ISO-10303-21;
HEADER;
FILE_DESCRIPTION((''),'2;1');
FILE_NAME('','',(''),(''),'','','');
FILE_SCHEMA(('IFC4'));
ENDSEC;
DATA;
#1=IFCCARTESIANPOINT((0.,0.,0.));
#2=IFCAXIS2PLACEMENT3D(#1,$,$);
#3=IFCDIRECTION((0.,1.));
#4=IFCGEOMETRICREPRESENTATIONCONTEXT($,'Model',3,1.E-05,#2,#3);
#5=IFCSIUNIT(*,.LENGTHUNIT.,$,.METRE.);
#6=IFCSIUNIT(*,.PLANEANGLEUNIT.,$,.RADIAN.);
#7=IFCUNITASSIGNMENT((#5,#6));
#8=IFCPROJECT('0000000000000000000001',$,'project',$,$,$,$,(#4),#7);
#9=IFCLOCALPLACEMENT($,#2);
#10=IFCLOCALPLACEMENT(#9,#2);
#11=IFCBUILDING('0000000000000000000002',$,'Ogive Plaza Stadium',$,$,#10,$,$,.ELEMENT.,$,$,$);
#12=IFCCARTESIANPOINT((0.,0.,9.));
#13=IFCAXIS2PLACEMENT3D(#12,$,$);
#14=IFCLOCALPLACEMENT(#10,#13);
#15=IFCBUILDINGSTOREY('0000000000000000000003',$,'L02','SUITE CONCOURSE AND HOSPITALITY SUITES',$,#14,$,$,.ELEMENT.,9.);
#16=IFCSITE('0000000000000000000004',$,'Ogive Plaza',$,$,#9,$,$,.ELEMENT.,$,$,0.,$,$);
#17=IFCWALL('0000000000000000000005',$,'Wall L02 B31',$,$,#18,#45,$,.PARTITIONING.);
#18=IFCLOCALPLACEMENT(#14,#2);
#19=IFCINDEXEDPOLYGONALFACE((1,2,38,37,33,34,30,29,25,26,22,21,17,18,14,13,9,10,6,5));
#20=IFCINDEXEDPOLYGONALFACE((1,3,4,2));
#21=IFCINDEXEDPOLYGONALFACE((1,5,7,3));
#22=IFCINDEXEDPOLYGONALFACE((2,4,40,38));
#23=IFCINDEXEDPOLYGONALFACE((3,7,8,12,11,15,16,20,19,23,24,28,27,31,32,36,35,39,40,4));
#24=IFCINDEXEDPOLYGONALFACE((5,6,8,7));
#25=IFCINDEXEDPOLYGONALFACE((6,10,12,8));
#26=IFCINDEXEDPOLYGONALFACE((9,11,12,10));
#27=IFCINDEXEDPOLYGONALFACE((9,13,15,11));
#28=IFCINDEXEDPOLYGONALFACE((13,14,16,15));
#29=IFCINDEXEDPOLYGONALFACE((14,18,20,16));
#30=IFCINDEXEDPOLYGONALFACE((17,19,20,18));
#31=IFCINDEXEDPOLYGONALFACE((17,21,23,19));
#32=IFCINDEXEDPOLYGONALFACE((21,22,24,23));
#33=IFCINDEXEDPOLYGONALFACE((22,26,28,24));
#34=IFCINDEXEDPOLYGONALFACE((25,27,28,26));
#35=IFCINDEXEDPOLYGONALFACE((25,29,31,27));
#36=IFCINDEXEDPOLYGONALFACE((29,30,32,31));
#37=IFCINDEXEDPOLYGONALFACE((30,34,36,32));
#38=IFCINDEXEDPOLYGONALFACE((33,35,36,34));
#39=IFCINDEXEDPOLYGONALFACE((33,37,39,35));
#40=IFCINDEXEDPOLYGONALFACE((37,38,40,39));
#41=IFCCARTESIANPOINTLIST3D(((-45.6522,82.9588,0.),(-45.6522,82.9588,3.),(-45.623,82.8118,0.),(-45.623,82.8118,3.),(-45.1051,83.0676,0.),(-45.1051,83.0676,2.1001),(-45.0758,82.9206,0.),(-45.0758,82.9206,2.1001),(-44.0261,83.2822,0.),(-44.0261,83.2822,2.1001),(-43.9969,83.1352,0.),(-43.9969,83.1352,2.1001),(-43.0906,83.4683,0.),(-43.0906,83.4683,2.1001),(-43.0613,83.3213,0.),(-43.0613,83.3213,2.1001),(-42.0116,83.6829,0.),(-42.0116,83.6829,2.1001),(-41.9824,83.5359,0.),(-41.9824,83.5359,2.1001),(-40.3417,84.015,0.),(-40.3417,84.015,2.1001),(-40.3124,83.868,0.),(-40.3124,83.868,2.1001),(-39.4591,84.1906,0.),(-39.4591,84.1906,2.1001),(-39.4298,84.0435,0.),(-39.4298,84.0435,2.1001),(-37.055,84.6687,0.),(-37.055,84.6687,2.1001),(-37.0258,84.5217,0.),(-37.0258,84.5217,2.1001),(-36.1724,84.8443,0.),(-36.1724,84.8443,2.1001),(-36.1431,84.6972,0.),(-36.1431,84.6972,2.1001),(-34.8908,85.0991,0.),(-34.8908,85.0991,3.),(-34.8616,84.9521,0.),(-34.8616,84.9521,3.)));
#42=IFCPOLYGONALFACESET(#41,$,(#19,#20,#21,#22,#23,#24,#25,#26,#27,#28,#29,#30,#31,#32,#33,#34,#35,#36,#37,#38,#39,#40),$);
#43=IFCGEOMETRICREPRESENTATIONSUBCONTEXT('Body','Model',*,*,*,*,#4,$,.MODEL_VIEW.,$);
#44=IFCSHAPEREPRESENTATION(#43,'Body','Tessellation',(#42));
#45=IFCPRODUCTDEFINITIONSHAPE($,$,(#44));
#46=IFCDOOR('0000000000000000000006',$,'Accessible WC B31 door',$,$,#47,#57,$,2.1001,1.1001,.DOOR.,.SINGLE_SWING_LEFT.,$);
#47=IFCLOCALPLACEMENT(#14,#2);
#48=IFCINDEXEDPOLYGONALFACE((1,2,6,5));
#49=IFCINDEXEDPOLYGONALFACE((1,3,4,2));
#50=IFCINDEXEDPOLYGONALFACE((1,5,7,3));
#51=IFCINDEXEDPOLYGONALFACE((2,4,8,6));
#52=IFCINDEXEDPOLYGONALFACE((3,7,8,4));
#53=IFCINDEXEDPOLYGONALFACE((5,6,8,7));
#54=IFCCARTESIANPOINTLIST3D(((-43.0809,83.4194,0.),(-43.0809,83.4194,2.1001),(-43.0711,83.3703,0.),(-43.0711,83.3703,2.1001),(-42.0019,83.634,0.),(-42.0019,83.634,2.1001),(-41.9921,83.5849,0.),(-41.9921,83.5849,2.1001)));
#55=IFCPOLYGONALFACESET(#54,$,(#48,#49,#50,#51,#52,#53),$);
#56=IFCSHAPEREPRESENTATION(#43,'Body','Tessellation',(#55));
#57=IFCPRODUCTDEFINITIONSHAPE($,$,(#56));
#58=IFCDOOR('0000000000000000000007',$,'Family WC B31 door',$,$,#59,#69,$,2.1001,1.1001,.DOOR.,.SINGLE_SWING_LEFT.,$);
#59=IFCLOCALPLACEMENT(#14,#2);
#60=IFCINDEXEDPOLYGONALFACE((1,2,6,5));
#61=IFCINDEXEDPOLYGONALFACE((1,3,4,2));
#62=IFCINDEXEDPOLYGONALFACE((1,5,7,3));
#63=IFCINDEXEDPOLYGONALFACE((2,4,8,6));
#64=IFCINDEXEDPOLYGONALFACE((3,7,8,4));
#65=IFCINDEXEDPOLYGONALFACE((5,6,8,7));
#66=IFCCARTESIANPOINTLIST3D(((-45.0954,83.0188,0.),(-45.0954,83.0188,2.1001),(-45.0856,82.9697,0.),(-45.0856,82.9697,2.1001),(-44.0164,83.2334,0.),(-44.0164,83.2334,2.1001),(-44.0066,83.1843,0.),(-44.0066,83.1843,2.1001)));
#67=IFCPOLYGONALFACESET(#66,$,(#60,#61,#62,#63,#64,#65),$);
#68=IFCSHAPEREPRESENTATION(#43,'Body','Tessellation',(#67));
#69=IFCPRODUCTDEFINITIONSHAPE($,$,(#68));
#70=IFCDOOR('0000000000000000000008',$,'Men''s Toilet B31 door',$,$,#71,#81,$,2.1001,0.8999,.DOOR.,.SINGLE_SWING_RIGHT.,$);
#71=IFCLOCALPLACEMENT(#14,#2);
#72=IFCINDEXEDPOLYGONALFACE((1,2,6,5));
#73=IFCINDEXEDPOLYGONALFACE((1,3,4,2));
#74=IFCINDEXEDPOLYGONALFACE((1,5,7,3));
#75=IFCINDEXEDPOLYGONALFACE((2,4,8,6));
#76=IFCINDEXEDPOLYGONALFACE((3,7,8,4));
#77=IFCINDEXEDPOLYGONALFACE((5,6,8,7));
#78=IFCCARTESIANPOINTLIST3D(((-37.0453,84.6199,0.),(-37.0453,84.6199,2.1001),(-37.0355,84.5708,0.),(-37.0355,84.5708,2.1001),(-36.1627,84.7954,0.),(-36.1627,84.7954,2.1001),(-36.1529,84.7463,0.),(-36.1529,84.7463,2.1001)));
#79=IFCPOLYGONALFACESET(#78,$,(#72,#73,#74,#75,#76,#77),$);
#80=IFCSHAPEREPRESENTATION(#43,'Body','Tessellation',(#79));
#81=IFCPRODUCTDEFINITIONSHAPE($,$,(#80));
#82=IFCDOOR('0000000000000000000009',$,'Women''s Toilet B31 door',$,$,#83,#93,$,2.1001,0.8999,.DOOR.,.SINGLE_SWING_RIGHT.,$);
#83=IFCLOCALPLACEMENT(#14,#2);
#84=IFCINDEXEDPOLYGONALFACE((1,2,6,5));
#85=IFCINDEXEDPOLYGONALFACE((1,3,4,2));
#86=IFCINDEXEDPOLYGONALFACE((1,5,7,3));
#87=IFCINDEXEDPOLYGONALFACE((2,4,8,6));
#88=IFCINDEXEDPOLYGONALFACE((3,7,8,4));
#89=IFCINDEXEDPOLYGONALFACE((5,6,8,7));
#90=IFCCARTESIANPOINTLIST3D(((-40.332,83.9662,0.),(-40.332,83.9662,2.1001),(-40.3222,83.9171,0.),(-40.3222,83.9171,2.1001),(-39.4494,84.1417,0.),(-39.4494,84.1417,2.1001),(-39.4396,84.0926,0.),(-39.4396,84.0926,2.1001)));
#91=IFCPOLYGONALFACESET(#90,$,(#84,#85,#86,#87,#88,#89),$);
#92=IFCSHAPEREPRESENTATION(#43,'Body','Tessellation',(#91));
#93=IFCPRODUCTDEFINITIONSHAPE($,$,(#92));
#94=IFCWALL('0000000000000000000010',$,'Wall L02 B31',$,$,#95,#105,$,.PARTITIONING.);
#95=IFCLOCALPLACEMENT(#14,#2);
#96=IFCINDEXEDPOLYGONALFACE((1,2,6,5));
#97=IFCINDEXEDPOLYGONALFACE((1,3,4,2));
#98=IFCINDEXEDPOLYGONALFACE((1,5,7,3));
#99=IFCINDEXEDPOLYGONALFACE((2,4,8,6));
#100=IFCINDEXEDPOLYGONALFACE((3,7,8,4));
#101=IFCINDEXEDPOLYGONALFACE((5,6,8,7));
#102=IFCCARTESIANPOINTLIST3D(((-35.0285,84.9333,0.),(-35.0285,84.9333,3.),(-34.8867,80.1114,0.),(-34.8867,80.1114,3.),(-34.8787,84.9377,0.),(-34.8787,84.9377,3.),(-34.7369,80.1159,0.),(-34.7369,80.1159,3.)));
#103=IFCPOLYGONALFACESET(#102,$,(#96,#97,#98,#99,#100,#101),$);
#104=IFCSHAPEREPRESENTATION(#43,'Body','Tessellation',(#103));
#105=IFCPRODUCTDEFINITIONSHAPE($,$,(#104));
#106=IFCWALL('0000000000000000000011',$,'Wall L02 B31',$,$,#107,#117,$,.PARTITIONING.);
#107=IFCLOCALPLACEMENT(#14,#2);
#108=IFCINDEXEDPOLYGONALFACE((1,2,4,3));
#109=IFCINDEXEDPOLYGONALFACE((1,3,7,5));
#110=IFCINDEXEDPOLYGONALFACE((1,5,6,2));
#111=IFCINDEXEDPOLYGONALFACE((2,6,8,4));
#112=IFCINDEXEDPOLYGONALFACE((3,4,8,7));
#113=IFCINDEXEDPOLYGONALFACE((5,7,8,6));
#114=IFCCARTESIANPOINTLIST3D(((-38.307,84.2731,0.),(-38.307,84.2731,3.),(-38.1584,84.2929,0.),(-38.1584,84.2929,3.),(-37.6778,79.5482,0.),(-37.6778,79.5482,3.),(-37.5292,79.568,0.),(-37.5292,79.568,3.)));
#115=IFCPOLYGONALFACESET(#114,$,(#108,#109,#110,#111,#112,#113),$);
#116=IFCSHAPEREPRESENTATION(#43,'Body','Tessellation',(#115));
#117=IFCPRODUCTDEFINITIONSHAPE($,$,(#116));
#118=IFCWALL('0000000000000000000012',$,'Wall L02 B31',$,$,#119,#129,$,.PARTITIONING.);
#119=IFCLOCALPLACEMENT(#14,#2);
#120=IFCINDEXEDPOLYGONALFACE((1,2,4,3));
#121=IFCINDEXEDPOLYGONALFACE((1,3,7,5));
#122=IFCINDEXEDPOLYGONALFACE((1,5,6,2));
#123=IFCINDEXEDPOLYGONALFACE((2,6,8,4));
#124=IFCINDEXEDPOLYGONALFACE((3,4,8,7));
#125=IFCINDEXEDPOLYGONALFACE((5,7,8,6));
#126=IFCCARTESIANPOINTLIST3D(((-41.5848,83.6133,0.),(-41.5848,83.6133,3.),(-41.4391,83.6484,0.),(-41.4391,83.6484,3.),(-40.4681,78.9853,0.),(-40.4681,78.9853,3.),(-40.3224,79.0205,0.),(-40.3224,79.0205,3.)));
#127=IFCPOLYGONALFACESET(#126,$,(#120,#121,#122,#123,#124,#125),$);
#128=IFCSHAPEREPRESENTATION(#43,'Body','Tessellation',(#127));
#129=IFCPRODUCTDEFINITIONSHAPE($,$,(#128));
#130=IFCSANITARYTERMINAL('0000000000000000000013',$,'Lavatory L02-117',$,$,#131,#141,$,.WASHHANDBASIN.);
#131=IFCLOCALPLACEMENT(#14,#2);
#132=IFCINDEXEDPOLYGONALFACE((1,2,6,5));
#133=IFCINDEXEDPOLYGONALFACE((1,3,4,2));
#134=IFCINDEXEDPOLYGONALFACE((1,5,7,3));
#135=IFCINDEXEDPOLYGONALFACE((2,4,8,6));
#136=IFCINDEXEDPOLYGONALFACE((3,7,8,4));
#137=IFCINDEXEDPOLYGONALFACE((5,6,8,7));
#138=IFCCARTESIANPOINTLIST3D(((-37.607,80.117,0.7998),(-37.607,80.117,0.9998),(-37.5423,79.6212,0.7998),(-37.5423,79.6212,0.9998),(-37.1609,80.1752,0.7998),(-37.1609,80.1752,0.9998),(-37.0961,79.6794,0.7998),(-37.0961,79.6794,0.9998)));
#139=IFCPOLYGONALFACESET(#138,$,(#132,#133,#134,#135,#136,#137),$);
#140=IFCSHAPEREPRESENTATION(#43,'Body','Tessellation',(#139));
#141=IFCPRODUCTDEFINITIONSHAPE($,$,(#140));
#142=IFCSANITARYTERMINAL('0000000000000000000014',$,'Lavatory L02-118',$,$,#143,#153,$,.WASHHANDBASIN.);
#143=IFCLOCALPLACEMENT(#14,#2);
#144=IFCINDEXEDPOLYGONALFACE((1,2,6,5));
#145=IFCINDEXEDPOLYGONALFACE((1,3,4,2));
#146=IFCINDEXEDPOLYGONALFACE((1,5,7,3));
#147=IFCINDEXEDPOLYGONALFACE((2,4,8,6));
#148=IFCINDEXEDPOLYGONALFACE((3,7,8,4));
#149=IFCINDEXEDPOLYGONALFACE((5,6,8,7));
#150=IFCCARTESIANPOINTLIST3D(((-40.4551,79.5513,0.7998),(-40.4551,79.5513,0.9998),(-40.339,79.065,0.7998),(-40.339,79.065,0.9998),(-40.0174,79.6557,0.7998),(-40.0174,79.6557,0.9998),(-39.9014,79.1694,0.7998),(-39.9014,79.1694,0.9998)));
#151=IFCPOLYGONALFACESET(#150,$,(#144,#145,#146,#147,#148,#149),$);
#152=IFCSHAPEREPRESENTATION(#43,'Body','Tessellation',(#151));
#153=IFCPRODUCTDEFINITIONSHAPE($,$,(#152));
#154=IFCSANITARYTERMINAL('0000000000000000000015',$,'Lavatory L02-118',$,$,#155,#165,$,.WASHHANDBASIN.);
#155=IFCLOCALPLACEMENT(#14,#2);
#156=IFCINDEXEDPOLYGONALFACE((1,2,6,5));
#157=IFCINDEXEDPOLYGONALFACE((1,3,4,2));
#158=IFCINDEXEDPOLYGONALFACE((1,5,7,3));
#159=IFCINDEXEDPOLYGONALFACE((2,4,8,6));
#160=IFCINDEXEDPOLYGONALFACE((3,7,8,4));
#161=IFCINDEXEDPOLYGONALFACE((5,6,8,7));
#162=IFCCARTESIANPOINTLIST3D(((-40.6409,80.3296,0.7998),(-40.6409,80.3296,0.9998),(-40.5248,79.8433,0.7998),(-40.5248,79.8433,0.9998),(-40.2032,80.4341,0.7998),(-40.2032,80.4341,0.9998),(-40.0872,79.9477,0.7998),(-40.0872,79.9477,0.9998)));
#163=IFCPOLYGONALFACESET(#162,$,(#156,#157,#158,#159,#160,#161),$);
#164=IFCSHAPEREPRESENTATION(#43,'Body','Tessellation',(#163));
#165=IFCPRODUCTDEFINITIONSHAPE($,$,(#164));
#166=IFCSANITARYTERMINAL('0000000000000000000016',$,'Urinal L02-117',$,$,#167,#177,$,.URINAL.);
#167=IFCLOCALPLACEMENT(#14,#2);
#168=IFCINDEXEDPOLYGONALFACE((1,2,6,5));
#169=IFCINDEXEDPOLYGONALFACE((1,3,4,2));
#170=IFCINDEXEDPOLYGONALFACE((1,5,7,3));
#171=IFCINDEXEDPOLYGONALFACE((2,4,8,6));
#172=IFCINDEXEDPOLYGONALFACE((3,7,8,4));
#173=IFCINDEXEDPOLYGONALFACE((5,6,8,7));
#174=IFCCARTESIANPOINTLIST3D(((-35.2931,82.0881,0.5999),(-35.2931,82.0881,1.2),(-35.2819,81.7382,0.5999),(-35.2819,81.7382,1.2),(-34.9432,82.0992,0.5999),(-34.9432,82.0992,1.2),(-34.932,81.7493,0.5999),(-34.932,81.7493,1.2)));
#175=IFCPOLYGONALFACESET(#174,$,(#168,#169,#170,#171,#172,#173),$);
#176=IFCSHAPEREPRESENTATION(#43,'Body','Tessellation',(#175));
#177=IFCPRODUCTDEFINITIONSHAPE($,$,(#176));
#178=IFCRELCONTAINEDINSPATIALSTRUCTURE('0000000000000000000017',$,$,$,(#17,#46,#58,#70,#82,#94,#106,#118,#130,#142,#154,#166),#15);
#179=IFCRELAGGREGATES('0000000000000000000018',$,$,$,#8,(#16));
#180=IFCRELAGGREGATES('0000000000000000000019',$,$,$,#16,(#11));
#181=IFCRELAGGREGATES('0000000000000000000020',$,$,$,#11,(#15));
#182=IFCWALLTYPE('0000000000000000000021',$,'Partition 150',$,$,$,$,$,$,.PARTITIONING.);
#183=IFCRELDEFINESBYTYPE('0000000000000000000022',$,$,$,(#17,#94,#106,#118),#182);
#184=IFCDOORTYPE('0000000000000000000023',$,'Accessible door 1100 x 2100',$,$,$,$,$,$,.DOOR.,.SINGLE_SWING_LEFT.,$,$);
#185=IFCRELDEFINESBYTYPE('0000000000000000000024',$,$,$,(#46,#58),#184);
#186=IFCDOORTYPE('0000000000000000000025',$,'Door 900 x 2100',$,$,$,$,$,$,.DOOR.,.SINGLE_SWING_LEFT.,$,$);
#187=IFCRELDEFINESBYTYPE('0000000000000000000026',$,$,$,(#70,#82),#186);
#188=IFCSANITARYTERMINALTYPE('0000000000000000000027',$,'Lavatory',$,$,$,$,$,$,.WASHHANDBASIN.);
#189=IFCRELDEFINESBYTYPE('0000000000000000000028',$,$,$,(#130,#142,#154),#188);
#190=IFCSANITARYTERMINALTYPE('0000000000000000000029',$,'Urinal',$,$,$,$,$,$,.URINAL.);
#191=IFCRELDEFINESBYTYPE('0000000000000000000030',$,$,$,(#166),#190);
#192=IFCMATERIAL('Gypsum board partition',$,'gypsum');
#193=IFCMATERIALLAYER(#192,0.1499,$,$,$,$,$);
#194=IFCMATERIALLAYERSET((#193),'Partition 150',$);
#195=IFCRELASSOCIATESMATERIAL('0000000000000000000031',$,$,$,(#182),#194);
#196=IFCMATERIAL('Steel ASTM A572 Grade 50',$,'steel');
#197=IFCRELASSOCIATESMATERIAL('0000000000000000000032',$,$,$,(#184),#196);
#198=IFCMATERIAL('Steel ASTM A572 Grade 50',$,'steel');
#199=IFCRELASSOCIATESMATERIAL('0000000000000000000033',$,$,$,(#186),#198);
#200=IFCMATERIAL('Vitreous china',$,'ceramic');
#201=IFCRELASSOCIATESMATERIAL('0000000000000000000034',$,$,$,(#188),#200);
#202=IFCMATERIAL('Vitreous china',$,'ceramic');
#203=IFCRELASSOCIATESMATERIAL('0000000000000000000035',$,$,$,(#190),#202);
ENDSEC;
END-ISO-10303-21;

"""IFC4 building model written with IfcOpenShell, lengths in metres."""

from ifc_helpers import new_model, si_unit, direction, frame, frame_2d, origin, origin_2d, place, context, subcontext, project, spatial, rectangle, extrude, material, layer, layer_set, type_object, element, fill, save


model = new_model("IFC4")

# Units and contexts
model_context = context("Model", 3, precision=1e-05, world=origin(), true_north=direction((0.0, 1.0)))
body_context = subcontext(model_context, "Body", "Model", "MODEL_VIEW")
ifc_project = project(units=[si_unit("LENGTHUNIT", "METRE"), si_unit("PLANEANGLEUNIT", "RADIAN")], contexts=[model_context])

# Site, building, storey
site_placement = place(None, origin())
site = spatial("IfcSite", under=ifc_project, at=site_placement, Name="Ogive Plaza", CompositionType="ELEMENT", RefElevation=0.0)
building_placement = place(site_placement, origin())
building = spatial("IfcBuilding", under=site, at=building_placement, Name="Ogive Plaza Stadium", CompositionType="ELEMENT")
storey_placement = place(building_placement, frame((0.0, 0.0, 9.0)))
storey = spatial("IfcBuildingStorey", under=building, at=storey_placement, Name="L02", Description="SUITE CONCOURSE AND HOSPITALITY SUITES", CompositionType="ELEMENT", Elevation=9.0)

# Wall, openings, doors
ifc_material_1 = material(Name="Gypsum board partition", Category="gypsum")
ifc_layer = layer(ifc_material_1, 0.1499)
ifc_layer_set = layer_set([ifc_layer], Name="Partition 150")
wall_type = type_object("IfcWallType", Name="Partition 150", PredefinedType="PARTITIONING", material=ifc_layer_set)
wall_1_placement = place(storey_placement, frame((-34.8762, 85.0256, 0.0), z_axis=(0.0, 0.0, 1.0), x_axis=(-0.980789, -0.195072, 0.0)))
wall_1 = element("IfcWall", 1, at=wall_1_placement, inside=storey, type_object=wall_type, Name="Wall L02 B31", PredefinedType="PARTITIONING", context=body_context, shape_type="SweptSolid", body=[
    extrude(rectangle(XDim=10.9722, YDim=0.1499, at=frame_2d((5.4861, 0.0))), origin(), (0.0, 0.0, 1.0), 3.0),
])
opening_1_placement = place(wall_1_placement, frame((1.3066, 0.0, 0.0)))
opening_1 = element("IfcOpeningElement", 2, at=opening_1_placement, cuts=wall_1, PredefinedType="OPENING", context=body_context, shape_type="SweptSolid", body=[
    extrude(rectangle(XDim=0.8999, YDim=2.1001, at=frame_2d((0.45, 1.05))), frame((0.0, 0.075, 0.0), z_axis=(0.0, -1.0, 0.0), x_axis=(1.0, 0.0, 0.0)), (0.0, 0.0, 1.0), 0.1499),
])
opening_2_placement = place(wall_1_placement, frame((4.6577, 0.0, 0.0)))
opening_2 = element("IfcOpeningElement", 3, at=opening_2_placement, cuts=wall_1, PredefinedType="OPENING", context=body_context, shape_type="SweptSolid", body=[
    extrude(rectangle(XDim=0.8999, YDim=2.1001, at=frame_2d((0.45, 1.05))), frame((0.0, 0.075, 0.0), z_axis=(0.0, -1.0, 0.0), x_axis=(1.0, 0.0, 0.0)), (0.0, 0.0, 1.0), 0.1499),
])
opening_3_placement = place(wall_1_placement, frame((7.2603, 0.0, 0.0)))
opening_3 = element("IfcOpeningElement", 4, at=opening_3_placement, cuts=wall_1, PredefinedType="OPENING", context=body_context, shape_type="SweptSolid", body=[
    extrude(rectangle(XDim=1.1001, YDim=2.1001, at=frame_2d((0.55, 1.05))), frame((0.0, 0.075, 0.0), z_axis=(0.0, -1.0, 0.0), x_axis=(1.0, 0.0, 0.0)), (0.0, 0.0, 1.0), 0.1499),
])
opening_4_placement = place(wall_1_placement, frame((9.3142, 0.0, 0.0)))
opening_4 = element("IfcOpeningElement", 5, at=opening_4_placement, cuts=wall_1, PredefinedType="OPENING", context=body_context, shape_type="SweptSolid", body=[
    extrude(rectangle(XDim=1.1001, YDim=2.1001, at=frame_2d((0.55, 1.05))), frame((0.0, 0.075, 0.0), z_axis=(0.0, -1.0, 0.0), x_axis=(1.0, 0.0, 0.0)), (0.0, 0.0, 1.0), 0.1499),
])
ifc_material_2 = material(Name="Steel ASTM A572 Grade 50", Category="steel")
door_type_1 = type_object("IfcDoorType", Name="Accessible door 1100 x 2100", OperationType="SINGLE_SWING_LEFT", PredefinedType="DOOR", material=ifc_material_2)
door_1_placement = place(opening_3_placement, origin())
door_1 = element("IfcDoor", 6, at=door_1_placement, inside=storey, type_object=door_type_1, Name="Accessible WC B31 door", OperationType="SINGLE_SWING_LEFT", OverallHeight=2.1001, OverallWidth=1.1001, PredefinedType="DOOR", context=body_context, shape_type="SweptSolid", body=[
    extrude(rectangle(XDim=1.1001, YDim=2.1001, at=frame_2d((0.55, 1.05))), frame((0.0, 0.0249, 0.0), z_axis=(0.0, -1.0, 0.0), x_axis=(1.0, 0.0, 0.0)), (0.0, 0.0, 1.0), 0.05),
])
fill(opening_3, door_1)
door_2_placement = place(opening_4_placement, origin())
door_2 = element("IfcDoor", 7, at=door_2_placement, inside=storey, type_object=door_type_1, Name="Family WC B31 door", OperationType="SINGLE_SWING_LEFT", OverallHeight=2.1001, OverallWidth=1.1001, PredefinedType="DOOR", context=body_context, shape_type="SweptSolid", body=[
    extrude(rectangle(XDim=1.1001, YDim=2.1001, at=frame_2d((0.55, 1.05))), frame((0.0, 0.0249, 0.0), z_axis=(0.0, -1.0, 0.0), x_axis=(1.0, 0.0, 0.0)), (0.0, 0.0, 1.0), 0.05),
])
fill(opening_4, door_2)
ifc_material_3 = material(Name="Steel ASTM A572 Grade 50", Category="steel")
door_type_2 = type_object("IfcDoorType", Name="Door 900 x 2100", OperationType="SINGLE_SWING_LEFT", PredefinedType="DOOR", material=ifc_material_3)
door_3_placement = place(opening_1_placement, origin())
door_3 = element("IfcDoor", 8, at=door_3_placement, inside=storey, type_object=door_type_2, Name="Men's Toilet B31 door", OperationType="SINGLE_SWING_RIGHT", OverallHeight=2.1001, OverallWidth=0.8999, PredefinedType="DOOR", context=body_context, shape_type="SweptSolid", body=[
    extrude(rectangle(XDim=0.8999, YDim=2.1001, at=frame_2d((0.45, 1.05))), frame((0.0, 0.0249, 0.0), z_axis=(0.0, -1.0, 0.0), x_axis=(1.0, 0.0, 0.0)), (0.0, 0.0, 1.0), 0.05),
])
fill(opening_1, door_3)
door_4_placement = place(opening_2_placement, origin())
door_4 = element("IfcDoor", 9, at=door_4_placement, inside=storey, type_object=door_type_2, Name="Women's Toilet B31 door", OperationType="SINGLE_SWING_RIGHT", OverallHeight=2.1001, OverallWidth=0.8999, PredefinedType="DOOR", context=body_context, shape_type="SweptSolid", body=[
    extrude(rectangle(XDim=0.8999, YDim=2.1001, at=frame_2d((0.45, 1.05))), frame((0.0, 0.0249, 0.0), z_axis=(0.0, -1.0, 0.0), x_axis=(1.0, 0.0, 0.0)), (0.0, 0.0, 1.0), 0.05),
])
fill(opening_2, door_4)

# Walls
wall_2_placement = place(storey_placement, frame((-34.8118, 80.1135, 0.0), z_axis=(0.0, 0.0, 1.0), x_axis=(-0.029405, 0.999568, 0.0)))
element("IfcWall", 10, at=wall_2_placement, inside=storey, type_object=wall_type, Name="Wall L02 B31", PredefinedType="PARTITIONING", context=body_context, shape_type="SweptSolid", body=[
    extrude(rectangle(XDim=4.824, YDim=0.1499, at=frame_2d((2.4121, 0.0))), origin(), (0.0, 0.0, 1.0), 3.0),
])
wall_3_placement = place(storey_placement, frame((-37.6035, 79.5581, 0.0), z_axis=(0.0, 0.0, 1.0), x_axis=(-0.131993, 0.991251, 0.0)))
element("IfcWall", 11, at=wall_3_placement, inside=storey, type_object=wall_type, Name="Wall L02 B31", PredefinedType="PARTITIONING", context=body_context, shape_type="SweptSolid", body=[
    extrude(rectangle(XDim=4.7666, YDim=0.1499, at=frame_2d((2.3833, 0.0))), origin(), (0.0, 0.0, 1.0), 3.0),
])
wall_4_placement = place(storey_placement, frame((-40.3953, 79.0029, 0.0), z_axis=(0.0, 0.0, 1.0), x_axis=(-0.234564, 0.972101, 0.0)))
element("IfcWall", 12, at=wall_4_placement, inside=storey, type_object=wall_type, Name="Wall L02 B31", PredefinedType="PARTITIONING", context=body_context, shape_type="SweptSolid", body=[
    extrude(rectangle(XDim=4.7607, YDim=0.1499, at=frame_2d((2.3804, 0.0))), origin(), (0.0, 0.0, 1.0), 3.0),
])

# Sanitary terminals
ifc_material_4 = material(Name="Vitreous china", Category="ceramic")
sanitary_terminal_type_1 = type_object("IfcSanitaryTerminalType", Name="Lavatory", PredefinedType="WASHHANDBASIN", material=ifc_material_4)
for number, where, z_axis, x_axis, name in (
    (13, (-37.3516, 79.8982, 0.7998), (0.0, 0.0, 1.0), (-0.12951, 0.991578, 0.0), "Lavatory L02-117"),
    (14, (-40.1782, 79.3604, 0.7998), (0.0, 0.0, 1.0), (-0.23211, 0.97269, 0.0), "Lavatory L02-118"),
    (15, (-40.364, 80.1387, 0.7998), (0.0, 0.0, 1.0), (-0.23211, 0.97269, 0.0), "Lavatory L02-118"),
):
    element("IfcSanitaryTerminal", number, at=place(storey_placement, frame(where, z_axis=z_axis, x_axis=x_axis)), inside=storey, type_object=sanitary_terminal_type_1, Name=name, PredefinedType="WASHHANDBASIN", context=body_context, shape_type="SweptSolid", body=[
        extrude(rectangle(XDim=0.5, YDim=0.45, at=origin_2d()), origin(), (0.0, 0.0, 1.0), 0.2),
    ])
ifc_material_5 = material(Name="Vitreous china", Category="ceramic")
sanitary_terminal_type_2 = type_object("IfcSanitaryTerminalType", Name="Urinal", PredefinedType="URINAL", material=ifc_material_5)
for number, where, z_axis, x_axis, name in (
    (16, (-35.1125, 81.9187, 0.5999), (0.0, 0.0, 1.0), (-0.031849, 0.999493, 0.0), "Urinal L02-117"),
):
    element("IfcSanitaryTerminal", number, at=place(storey_placement, frame(where, z_axis=z_axis, x_axis=x_axis)), inside=storey, type_object=sanitary_terminal_type_2, Name=name, PredefinedType="URINAL", context=body_context, shape_type="SweptSolid", body=[
        extrude(rectangle(XDim=0.3501, YDim=0.3501, at=origin_2d()), origin(), (0.0, 0.0, 1.0), 0.6001),
    ])

save(model, "model.ifc")
